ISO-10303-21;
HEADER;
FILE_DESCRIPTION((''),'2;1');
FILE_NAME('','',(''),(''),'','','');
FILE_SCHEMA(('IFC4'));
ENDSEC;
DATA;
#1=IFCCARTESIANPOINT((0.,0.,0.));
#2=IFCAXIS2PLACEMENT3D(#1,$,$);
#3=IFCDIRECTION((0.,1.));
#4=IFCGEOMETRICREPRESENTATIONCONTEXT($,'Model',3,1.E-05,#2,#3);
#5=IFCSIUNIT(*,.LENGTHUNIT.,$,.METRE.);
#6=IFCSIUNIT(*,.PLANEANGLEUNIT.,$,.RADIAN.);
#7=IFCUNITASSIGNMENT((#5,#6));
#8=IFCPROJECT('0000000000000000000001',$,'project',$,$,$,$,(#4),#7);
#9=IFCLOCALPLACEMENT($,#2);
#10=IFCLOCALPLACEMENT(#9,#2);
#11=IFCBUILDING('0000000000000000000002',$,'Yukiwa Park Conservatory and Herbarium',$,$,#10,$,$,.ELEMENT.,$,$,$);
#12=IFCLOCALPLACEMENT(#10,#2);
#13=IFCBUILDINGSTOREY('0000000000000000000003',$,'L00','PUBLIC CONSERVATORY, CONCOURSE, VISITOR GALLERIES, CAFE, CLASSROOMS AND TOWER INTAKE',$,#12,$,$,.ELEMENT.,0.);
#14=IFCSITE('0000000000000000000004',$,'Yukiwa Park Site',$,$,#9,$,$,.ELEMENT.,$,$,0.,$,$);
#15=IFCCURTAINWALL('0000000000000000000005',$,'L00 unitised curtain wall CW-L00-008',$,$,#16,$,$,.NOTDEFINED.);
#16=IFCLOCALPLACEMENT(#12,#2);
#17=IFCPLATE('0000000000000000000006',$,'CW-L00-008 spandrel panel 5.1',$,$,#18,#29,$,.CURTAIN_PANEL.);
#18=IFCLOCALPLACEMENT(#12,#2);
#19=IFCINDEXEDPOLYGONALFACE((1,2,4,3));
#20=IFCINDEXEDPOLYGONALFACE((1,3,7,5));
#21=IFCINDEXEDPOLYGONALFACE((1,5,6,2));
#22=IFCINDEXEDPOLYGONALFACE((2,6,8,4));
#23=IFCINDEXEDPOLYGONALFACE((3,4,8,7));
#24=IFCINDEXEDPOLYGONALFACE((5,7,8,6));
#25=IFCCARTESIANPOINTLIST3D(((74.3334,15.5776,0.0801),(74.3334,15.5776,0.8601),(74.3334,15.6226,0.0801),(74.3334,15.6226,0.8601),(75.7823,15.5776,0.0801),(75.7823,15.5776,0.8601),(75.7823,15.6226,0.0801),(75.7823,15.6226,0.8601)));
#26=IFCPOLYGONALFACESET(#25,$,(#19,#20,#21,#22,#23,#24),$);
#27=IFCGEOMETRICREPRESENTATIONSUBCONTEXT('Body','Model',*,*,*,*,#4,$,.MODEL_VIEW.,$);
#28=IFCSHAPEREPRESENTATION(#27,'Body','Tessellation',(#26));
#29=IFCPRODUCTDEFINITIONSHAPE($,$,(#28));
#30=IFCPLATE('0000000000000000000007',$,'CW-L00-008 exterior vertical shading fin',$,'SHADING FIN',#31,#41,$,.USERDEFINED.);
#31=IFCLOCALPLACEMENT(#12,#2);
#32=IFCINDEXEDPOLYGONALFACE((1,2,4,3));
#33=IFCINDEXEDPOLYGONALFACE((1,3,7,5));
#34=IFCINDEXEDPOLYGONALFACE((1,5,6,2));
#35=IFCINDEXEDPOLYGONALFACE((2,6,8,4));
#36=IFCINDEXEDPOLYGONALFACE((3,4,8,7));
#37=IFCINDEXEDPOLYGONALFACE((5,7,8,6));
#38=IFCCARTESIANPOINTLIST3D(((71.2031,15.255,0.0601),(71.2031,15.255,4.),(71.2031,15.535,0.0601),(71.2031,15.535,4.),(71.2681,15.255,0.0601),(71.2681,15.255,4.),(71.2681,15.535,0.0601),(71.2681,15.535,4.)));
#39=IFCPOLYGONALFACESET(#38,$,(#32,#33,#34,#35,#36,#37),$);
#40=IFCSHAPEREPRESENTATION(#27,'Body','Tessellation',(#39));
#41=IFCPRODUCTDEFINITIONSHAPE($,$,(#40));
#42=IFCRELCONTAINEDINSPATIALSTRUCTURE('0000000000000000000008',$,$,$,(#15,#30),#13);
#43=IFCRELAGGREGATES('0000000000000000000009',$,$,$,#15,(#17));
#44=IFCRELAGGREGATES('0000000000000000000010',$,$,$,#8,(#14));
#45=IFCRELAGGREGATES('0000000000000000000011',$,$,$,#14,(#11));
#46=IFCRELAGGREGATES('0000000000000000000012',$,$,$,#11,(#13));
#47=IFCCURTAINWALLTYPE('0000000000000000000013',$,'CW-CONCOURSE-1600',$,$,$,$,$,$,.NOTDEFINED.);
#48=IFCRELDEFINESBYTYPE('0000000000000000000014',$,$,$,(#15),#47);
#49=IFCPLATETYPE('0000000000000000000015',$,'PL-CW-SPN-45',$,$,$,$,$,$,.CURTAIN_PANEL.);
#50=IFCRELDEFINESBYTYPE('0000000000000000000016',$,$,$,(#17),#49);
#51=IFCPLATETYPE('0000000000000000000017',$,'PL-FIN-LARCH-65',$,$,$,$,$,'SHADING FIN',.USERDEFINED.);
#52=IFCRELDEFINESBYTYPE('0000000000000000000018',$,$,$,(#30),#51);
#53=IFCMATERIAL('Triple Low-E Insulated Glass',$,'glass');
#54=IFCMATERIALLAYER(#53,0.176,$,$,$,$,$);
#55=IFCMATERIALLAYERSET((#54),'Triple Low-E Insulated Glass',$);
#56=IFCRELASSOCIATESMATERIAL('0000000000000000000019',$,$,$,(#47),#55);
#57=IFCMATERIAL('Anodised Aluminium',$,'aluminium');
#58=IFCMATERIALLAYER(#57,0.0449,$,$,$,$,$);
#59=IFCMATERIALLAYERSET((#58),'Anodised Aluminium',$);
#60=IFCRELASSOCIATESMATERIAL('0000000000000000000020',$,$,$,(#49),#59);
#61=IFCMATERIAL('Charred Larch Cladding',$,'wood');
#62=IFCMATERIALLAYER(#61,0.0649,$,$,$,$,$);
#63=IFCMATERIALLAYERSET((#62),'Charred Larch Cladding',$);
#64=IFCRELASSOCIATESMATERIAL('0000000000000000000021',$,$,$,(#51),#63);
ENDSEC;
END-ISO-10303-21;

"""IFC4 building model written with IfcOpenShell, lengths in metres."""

from ifc_helpers import new_model, si_unit, direction, frame, origin, origin_2d, place, context, subcontext, project, spatial, rectangle, extrude, material, layer, layer_set, type_object, element, aggregate, save


model = new_model("IFC4")

# Units and contexts
model_context = context("Model", 3, precision=1e-05, world=origin(), true_north=direction((0.0, 1.0)))
body_context = subcontext(model_context, "Body", "Model", "MODEL_VIEW")
ifc_project = project(units=[si_unit("LENGTHUNIT", "METRE"), si_unit("PLANEANGLEUNIT", "RADIAN")], contexts=[model_context])

# Site, building, storey
site_placement = place(None, origin())
site = spatial("IfcSite", under=ifc_project, at=site_placement, Name="Yukiwa Park Site", CompositionType="ELEMENT", RefElevation=0.0)
building_placement = place(site_placement, origin())
building = spatial("IfcBuilding", under=site, at=building_placement, Name="Yukiwa Park Conservatory and Herbarium", CompositionType="ELEMENT")
storey_placement = place(building_placement, origin())
storey = spatial("IfcBuildingStorey", under=building, at=storey_placement, Name="L00", Description="PUBLIC CONSERVATORY, CONCOURSE, VISITOR GALLERIES, CAFE, CLASSROOMS AND TOWER INTAKE", CompositionType="ELEMENT", Elevation=0.0)

# Curtain wall, plate
ifc_material_1 = material(Name="Triple Low-E Insulated Glass", Category="glass")
ifc_layer_1 = layer(ifc_material_1, 0.176)
ifc_layer_set_1 = layer_set([ifc_layer_1], Name="Triple Low-E Insulated Glass")
curtain_wall_type = type_object("IfcCurtainWallType", Name="CW-CONCOURSE-1600", PredefinedType="NOTDEFINED", material=ifc_layer_set_1)
curtain_wall_placement = place(storey_placement, origin())
curtain_wall = element("IfcCurtainWall", 1, at=curtain_wall_placement, inside=storey, type_object=curtain_wall_type, Name="L00 unitised curtain wall CW-L00-008", PredefinedType="NOTDEFINED")
ifc_material_2 = material(Name="Anodised Aluminium", Category="aluminium")
ifc_layer_2 = layer(ifc_material_2, 0.0449)
ifc_layer_set_2 = layer_set([ifc_layer_2], Name="Anodised Aluminium")
plate_type_1 = type_object("IfcPlateType", Name="PL-CW-SPN-45", PredefinedType="CURTAIN_PANEL", material=ifc_layer_set_2)
plate_1_placement = place(storey_placement, frame((75.0579, 15.6001, 0.0801), z_axis=(0.0, 0.0, 1.0), x_axis=(1.0, 0.0, 0.0)))
plate_1 = element("IfcPlate", 2, at=plate_1_placement, type_object=plate_type_1, Name="CW-L00-008 spandrel panel 5.1", PredefinedType="CURTAIN_PANEL", context=body_context, shape_type="SweptSolid", body=[
    extrude(rectangle(XDim=1.449, YDim=0.0449, at=origin_2d()), origin(), (0.0, 0.0, 1.0), 0.78),
])
aggregate(curtain_wall, [plate_1])

# Plate
ifc_material_3 = material(Name="Charred Larch Cladding", Category="wood")
ifc_layer_3 = layer(ifc_material_3, 0.0649)
ifc_layer_set_3 = layer_set([ifc_layer_3], Name="Charred Larch Cladding")
plate_type_2 = type_object("IfcPlateType", Name="PL-FIN-LARCH-65", ElementType="SHADING FIN", PredefinedType="USERDEFINED", material=ifc_layer_set_3)
plate_2_placement = place(storey_placement, frame((71.2356, 15.395, 0.0601), z_axis=(0.0, 0.0, 1.0), x_axis=(1.0, 0.0, 0.0)))
element("IfcPlate", 3, at=plate_2_placement, inside=storey, type_object=plate_type_2, Name="CW-L00-008 exterior vertical shading fin", ObjectType="SHADING FIN", PredefinedType="USERDEFINED", context=body_context, shape_type="SweptSolid", body=[
    extrude(rectangle(XDim=0.0649, YDim=0.28, at=origin_2d()), origin(), (0.0, 0.0, 1.0), 3.9399),
])

save(model, "model.ifc")
